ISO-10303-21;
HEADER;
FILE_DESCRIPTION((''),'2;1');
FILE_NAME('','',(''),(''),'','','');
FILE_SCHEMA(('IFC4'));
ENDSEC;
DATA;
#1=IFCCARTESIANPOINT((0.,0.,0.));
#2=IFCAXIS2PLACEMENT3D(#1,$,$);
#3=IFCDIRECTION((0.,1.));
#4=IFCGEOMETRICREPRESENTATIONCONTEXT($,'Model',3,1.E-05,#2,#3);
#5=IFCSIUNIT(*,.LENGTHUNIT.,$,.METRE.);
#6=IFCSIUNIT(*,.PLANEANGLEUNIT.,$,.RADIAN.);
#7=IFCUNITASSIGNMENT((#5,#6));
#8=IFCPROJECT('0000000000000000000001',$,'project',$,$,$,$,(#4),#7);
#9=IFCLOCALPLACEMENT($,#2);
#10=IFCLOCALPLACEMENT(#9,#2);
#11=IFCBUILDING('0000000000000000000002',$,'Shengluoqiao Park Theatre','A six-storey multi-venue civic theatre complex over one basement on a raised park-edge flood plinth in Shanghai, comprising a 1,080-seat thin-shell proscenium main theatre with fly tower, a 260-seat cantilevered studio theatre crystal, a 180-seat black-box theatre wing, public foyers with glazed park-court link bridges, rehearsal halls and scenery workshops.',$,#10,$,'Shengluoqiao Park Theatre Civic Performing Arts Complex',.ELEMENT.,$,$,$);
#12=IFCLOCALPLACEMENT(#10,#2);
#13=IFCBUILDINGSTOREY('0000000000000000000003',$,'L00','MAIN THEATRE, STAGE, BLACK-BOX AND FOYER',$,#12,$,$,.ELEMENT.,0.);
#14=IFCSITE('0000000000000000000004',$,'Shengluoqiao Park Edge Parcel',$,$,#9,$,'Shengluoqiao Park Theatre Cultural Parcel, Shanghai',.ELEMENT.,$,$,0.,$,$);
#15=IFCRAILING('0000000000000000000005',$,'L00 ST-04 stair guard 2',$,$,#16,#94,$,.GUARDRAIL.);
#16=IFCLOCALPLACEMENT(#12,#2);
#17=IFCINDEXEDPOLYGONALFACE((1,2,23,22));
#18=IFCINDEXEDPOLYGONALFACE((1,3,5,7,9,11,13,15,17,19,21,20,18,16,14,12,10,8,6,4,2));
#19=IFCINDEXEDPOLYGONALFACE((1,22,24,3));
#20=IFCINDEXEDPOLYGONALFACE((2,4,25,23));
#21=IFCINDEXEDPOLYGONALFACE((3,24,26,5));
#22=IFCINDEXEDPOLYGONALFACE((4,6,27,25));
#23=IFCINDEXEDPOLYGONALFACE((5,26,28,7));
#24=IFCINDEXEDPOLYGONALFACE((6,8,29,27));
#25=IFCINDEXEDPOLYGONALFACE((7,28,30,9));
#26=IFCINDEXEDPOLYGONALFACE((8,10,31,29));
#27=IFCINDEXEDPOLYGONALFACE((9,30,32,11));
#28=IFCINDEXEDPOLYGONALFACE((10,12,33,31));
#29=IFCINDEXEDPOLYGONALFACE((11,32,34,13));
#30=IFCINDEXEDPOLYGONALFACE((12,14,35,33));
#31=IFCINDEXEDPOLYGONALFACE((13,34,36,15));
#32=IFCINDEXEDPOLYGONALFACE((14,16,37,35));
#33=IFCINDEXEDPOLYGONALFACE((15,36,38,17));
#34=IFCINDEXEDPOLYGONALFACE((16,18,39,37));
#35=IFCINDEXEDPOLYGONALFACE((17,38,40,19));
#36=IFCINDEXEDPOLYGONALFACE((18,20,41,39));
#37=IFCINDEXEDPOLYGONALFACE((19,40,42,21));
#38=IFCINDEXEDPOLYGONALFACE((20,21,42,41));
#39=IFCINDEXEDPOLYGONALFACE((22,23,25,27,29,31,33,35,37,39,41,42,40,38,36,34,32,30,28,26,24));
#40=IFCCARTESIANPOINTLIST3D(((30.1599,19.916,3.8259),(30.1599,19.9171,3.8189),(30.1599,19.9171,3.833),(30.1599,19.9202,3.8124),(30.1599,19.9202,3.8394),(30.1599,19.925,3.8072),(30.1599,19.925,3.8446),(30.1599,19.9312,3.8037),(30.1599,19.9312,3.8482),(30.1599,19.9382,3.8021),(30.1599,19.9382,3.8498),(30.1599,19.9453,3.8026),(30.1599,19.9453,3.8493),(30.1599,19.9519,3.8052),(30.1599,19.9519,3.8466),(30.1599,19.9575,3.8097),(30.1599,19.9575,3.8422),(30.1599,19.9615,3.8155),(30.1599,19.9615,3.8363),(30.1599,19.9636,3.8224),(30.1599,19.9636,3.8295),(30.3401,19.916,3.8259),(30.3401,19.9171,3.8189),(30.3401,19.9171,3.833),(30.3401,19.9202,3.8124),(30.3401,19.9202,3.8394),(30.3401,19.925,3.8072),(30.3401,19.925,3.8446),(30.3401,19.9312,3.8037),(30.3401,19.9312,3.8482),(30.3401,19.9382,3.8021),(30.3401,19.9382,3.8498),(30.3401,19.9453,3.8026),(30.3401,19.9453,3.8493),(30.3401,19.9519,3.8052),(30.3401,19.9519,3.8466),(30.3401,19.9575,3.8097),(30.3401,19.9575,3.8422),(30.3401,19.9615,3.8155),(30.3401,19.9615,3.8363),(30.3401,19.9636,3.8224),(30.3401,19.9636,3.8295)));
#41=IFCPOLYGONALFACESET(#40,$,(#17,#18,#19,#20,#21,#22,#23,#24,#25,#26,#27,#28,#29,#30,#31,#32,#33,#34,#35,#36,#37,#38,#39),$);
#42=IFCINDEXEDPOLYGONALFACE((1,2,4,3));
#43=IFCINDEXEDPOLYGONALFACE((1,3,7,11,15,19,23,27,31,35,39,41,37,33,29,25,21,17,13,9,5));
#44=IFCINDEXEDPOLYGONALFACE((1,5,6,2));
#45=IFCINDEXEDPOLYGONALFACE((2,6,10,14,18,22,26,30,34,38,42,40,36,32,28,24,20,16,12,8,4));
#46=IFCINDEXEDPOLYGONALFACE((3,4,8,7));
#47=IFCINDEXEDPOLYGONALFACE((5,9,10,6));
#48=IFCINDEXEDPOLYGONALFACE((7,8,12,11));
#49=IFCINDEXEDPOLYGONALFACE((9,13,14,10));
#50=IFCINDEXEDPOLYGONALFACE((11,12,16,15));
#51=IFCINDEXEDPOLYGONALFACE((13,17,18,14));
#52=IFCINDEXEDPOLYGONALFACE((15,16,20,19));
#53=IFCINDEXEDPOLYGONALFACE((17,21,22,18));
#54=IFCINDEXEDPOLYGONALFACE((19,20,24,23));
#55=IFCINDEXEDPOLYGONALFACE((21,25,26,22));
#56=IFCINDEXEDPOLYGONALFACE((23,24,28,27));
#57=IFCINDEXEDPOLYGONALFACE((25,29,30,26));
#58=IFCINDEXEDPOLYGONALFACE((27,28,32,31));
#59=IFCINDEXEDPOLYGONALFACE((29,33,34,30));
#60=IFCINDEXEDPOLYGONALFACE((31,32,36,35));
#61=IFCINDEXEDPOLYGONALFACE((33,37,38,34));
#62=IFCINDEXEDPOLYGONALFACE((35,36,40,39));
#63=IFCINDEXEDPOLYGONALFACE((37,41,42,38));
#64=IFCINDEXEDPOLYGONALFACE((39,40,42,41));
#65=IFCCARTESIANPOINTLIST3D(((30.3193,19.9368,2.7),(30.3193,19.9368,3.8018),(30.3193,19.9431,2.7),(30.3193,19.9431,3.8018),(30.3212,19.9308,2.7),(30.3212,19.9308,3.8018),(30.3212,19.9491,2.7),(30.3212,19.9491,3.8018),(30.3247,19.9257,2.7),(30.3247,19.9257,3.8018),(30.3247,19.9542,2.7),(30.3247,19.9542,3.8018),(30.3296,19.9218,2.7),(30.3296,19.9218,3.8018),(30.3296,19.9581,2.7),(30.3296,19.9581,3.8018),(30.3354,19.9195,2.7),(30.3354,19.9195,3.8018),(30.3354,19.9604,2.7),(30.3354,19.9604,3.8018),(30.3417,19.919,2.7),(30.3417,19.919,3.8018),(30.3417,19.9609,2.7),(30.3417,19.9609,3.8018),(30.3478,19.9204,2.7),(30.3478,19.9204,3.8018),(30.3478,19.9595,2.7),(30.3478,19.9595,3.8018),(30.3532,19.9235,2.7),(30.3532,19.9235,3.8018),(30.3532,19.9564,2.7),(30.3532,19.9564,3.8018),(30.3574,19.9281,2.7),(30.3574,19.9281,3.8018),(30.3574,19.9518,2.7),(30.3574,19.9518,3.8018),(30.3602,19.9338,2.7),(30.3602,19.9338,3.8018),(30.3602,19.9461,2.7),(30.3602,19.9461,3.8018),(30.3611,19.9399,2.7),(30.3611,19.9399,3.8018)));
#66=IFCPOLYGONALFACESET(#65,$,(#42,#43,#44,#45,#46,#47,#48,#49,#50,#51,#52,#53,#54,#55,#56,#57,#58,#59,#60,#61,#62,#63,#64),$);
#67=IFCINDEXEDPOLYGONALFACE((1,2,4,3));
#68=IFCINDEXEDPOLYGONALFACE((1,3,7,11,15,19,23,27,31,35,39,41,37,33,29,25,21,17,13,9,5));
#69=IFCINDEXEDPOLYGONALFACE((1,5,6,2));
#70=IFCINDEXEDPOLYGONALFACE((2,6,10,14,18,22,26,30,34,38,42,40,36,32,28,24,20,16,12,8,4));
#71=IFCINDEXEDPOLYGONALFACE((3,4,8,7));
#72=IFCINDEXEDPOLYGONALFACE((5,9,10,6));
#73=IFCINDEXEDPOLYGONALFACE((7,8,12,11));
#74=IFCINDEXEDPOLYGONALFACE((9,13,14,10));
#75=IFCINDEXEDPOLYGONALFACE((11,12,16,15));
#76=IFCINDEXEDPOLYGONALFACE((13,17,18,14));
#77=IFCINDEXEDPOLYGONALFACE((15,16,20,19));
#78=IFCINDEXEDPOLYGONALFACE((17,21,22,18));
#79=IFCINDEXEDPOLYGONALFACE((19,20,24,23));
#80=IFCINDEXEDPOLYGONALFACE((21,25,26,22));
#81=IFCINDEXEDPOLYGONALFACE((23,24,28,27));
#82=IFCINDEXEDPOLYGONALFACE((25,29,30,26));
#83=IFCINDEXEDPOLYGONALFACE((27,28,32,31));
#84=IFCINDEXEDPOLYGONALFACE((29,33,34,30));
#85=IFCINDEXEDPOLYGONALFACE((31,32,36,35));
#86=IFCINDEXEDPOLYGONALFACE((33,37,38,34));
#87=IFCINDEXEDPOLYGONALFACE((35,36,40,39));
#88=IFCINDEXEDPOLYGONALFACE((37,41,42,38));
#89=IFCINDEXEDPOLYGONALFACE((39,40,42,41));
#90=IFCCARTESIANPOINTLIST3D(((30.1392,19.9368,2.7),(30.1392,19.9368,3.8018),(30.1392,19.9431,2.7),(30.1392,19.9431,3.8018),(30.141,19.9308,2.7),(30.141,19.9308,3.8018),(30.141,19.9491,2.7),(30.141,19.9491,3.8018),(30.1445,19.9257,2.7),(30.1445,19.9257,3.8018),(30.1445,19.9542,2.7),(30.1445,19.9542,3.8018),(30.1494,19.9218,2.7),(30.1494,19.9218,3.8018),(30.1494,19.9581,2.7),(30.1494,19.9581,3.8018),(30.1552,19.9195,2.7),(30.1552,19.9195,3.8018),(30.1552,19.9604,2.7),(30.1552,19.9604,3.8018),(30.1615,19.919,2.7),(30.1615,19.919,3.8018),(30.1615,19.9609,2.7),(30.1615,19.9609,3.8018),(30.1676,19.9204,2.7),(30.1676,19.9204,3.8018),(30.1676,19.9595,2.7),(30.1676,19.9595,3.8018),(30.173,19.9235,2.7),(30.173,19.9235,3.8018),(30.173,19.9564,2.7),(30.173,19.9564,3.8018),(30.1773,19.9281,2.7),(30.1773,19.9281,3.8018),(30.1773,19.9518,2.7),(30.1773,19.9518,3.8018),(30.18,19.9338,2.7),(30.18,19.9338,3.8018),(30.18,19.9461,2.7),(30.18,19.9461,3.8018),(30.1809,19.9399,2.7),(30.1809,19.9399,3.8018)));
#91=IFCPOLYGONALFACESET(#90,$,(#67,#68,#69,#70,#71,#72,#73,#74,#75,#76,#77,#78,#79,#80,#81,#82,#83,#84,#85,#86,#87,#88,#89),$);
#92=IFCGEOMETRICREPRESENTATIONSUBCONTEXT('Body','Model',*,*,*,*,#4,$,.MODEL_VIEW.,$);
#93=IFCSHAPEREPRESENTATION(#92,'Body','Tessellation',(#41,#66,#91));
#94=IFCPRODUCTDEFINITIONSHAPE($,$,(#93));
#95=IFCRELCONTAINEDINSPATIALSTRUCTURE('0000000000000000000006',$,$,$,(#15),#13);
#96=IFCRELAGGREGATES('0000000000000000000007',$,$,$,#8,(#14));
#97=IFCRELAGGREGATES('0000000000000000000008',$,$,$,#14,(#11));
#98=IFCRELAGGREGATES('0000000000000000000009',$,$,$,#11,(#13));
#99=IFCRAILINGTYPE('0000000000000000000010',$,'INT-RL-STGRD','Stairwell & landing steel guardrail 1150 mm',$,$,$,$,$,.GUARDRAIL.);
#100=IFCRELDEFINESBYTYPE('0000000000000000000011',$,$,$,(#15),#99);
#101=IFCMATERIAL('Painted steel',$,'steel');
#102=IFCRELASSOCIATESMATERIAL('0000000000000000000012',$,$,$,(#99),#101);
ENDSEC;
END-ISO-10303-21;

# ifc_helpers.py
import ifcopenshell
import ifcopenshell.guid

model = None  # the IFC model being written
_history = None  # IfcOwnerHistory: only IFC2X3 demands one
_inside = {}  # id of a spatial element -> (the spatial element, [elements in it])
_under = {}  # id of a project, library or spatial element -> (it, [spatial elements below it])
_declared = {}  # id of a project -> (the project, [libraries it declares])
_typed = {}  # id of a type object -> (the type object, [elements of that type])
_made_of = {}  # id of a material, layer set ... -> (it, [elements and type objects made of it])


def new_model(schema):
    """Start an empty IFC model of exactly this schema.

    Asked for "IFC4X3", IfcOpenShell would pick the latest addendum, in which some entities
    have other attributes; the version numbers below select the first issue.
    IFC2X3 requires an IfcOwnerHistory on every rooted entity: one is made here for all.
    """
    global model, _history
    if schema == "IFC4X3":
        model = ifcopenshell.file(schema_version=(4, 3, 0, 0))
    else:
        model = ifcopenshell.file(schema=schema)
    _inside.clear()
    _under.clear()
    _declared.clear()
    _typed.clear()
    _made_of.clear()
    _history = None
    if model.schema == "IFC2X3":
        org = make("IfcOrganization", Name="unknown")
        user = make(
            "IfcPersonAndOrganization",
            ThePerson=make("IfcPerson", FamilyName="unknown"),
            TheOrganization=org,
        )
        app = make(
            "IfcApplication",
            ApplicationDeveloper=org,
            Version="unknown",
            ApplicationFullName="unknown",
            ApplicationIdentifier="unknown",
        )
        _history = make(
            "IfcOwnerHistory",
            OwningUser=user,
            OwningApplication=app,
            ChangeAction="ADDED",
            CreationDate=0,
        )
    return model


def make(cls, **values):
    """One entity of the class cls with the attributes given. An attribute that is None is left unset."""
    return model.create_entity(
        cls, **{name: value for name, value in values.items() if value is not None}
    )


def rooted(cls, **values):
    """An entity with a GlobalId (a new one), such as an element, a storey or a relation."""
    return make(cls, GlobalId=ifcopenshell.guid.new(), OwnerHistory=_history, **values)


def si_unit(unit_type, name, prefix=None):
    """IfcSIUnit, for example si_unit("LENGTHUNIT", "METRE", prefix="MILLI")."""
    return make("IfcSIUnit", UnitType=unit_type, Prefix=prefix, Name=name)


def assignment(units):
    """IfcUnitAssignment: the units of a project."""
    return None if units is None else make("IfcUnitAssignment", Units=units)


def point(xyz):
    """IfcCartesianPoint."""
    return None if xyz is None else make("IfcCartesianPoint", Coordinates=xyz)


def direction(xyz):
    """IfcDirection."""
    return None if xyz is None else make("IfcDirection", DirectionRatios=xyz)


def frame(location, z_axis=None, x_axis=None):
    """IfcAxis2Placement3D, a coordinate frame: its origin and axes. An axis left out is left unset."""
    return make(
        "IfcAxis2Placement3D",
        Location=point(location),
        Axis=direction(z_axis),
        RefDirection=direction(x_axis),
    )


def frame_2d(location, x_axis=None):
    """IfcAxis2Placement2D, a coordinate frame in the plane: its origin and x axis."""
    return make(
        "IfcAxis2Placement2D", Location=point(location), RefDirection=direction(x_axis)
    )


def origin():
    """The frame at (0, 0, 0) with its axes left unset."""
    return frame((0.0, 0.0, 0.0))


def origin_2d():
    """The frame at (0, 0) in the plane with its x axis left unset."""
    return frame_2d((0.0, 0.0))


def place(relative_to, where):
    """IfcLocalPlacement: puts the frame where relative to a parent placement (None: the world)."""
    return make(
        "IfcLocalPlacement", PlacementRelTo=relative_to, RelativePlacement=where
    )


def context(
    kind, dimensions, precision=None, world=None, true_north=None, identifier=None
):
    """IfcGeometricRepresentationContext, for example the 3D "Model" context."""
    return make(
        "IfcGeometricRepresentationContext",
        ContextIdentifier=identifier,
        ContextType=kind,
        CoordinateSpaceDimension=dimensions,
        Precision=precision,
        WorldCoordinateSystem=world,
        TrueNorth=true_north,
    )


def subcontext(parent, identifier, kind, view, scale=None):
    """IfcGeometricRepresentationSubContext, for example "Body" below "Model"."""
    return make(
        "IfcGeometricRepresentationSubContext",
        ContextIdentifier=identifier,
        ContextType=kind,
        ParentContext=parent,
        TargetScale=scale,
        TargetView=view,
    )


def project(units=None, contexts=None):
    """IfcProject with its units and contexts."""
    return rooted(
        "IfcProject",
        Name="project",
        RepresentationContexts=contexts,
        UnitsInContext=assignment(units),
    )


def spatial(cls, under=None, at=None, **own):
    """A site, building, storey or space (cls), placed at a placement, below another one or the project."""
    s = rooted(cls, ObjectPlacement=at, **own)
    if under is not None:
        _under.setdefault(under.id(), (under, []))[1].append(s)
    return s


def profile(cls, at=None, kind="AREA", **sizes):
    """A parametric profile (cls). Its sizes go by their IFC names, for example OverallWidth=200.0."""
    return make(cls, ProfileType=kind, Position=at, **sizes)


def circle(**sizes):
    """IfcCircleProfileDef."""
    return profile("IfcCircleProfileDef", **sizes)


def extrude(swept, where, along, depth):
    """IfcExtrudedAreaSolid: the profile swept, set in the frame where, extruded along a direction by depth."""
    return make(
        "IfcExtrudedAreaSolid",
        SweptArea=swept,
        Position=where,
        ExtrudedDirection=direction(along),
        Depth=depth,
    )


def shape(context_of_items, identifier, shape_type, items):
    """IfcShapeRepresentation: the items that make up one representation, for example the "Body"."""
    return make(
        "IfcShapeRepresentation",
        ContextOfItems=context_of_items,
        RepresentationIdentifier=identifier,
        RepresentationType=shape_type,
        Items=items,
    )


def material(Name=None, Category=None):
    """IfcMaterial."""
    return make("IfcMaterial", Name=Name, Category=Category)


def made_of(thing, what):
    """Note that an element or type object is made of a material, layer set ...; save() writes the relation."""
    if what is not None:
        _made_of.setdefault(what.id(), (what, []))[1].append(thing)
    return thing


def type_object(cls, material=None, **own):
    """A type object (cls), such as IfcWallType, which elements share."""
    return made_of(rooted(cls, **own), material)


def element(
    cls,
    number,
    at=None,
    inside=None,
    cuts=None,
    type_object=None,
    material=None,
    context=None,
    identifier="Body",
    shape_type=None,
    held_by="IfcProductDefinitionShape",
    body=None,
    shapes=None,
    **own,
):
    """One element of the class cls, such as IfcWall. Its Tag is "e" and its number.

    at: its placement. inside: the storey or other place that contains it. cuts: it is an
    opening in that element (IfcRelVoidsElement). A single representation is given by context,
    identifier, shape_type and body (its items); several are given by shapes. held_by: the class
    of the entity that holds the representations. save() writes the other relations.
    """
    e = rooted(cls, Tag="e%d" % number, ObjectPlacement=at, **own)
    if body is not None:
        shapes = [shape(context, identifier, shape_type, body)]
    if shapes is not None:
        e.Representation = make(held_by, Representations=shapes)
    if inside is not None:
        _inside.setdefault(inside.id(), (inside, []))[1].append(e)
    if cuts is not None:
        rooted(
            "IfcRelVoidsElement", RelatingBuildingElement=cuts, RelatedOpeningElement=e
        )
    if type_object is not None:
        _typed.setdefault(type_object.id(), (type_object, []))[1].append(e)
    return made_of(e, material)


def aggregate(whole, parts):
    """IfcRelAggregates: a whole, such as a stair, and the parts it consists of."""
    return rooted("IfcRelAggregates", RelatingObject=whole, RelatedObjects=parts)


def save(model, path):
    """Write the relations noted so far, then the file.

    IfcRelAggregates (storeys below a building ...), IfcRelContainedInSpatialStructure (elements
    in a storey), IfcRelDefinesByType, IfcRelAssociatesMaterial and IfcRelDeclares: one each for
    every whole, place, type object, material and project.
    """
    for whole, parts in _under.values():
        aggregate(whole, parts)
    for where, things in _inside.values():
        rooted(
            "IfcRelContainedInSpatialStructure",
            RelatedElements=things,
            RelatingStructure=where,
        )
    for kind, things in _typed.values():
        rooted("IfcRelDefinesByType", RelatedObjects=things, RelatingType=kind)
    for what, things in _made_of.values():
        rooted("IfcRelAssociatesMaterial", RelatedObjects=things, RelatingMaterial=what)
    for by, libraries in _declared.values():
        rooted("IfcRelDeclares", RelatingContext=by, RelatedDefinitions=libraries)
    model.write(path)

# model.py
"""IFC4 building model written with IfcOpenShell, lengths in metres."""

from ifc_helpers import new_model, si_unit, direction, frame, origin, origin_2d, place, context, subcontext, project, spatial, circle, extrude, material, type_object, element, save


model = new_model("IFC4")

# Units and contexts
model_context = context("Model", 3, precision=1e-05, world=origin(), true_north=direction((0.0, 1.0)))
body_context = subcontext(model_context, "Body", "Model", "MODEL_VIEW")
ifc_project = project(units=[si_unit("LENGTHUNIT", "METRE"), si_unit("PLANEANGLEUNIT", "RADIAN")], contexts=[model_context])

# Site, building, storey
site_placement = place(None, origin())
site = spatial("IfcSite", under=ifc_project, at=site_placement, Name="Shengluoqiao Park Edge Parcel", LongName="Shengluoqiao Park Theatre Cultural Parcel, Shanghai", CompositionType="ELEMENT", RefElevation=0.0)
building_placement = place(site_placement, origin())
building = spatial("IfcBuilding", under=site, at=building_placement, Name="Shengluoqiao Park Theatre", Description="A six-storey multi-venue civic theatre complex over one basement on a raised park-edge flood plinth in Shanghai, comprising a 1,080-seat thin-shell proscenium main theatre with fly tower, a 260-seat cantilevered studio theatre crystal, a 180-seat black-box theatre wing, public foyers with glazed park-court link bridges, rehearsal halls and scenery workshops.", LongName="Shengluoqiao Park Theatre Civic Performing Arts Complex", CompositionType="ELEMENT")
storey_placement = place(building_placement, origin())
storey = spatial("IfcBuildingStorey", under=building, at=storey_placement, Name="L00", Description="MAIN THEATRE, STAGE, BLACK-BOX AND FOYER", CompositionType="ELEMENT", Elevation=0.0)

# Railing
ifc_material_1 = material(Name="Painted steel", Category="steel")
railing_type_1 = type_object("IfcRailingType", Name="INT-RL-STGRD", Description="Stairwell & landing steel guardrail 1150 mm", PredefinedType="GUARDRAIL", material=ifc_material_1)
railing_1_placement = place(storey_placement, frame((30.3401, 19.9399, 2.7)))
element("IfcRailing", 1, at=railing_1_placement, inside=storey, type_object=railing_type_1, Name="L00 ST-04 stair guard 2", PredefinedType="GUARDRAIL", context=body_context, shape_type="SweptSolid", body=[
    extrude(circle(Radius=0.0239, at=origin_2d()), frame((0.0, 0.0, 1.126), z_axis=(-1.0, 0.0, 0.0), x_axis=(0.0, -1.0, 0.0)), (0.0, 0.0, 1.0), 0.1802),
    extrude(circle(Radius=0.021, at=origin_2d()), origin(), (0.0, 0.0, 1.0), 1.1018),
    extrude(circle(Radius=0.021, at=origin_2d()), frame((-0.1802, 0.0, 0.0)), (0.0, 0.0, 1.0), 1.1018),
])

save(model, "model.ifc")
